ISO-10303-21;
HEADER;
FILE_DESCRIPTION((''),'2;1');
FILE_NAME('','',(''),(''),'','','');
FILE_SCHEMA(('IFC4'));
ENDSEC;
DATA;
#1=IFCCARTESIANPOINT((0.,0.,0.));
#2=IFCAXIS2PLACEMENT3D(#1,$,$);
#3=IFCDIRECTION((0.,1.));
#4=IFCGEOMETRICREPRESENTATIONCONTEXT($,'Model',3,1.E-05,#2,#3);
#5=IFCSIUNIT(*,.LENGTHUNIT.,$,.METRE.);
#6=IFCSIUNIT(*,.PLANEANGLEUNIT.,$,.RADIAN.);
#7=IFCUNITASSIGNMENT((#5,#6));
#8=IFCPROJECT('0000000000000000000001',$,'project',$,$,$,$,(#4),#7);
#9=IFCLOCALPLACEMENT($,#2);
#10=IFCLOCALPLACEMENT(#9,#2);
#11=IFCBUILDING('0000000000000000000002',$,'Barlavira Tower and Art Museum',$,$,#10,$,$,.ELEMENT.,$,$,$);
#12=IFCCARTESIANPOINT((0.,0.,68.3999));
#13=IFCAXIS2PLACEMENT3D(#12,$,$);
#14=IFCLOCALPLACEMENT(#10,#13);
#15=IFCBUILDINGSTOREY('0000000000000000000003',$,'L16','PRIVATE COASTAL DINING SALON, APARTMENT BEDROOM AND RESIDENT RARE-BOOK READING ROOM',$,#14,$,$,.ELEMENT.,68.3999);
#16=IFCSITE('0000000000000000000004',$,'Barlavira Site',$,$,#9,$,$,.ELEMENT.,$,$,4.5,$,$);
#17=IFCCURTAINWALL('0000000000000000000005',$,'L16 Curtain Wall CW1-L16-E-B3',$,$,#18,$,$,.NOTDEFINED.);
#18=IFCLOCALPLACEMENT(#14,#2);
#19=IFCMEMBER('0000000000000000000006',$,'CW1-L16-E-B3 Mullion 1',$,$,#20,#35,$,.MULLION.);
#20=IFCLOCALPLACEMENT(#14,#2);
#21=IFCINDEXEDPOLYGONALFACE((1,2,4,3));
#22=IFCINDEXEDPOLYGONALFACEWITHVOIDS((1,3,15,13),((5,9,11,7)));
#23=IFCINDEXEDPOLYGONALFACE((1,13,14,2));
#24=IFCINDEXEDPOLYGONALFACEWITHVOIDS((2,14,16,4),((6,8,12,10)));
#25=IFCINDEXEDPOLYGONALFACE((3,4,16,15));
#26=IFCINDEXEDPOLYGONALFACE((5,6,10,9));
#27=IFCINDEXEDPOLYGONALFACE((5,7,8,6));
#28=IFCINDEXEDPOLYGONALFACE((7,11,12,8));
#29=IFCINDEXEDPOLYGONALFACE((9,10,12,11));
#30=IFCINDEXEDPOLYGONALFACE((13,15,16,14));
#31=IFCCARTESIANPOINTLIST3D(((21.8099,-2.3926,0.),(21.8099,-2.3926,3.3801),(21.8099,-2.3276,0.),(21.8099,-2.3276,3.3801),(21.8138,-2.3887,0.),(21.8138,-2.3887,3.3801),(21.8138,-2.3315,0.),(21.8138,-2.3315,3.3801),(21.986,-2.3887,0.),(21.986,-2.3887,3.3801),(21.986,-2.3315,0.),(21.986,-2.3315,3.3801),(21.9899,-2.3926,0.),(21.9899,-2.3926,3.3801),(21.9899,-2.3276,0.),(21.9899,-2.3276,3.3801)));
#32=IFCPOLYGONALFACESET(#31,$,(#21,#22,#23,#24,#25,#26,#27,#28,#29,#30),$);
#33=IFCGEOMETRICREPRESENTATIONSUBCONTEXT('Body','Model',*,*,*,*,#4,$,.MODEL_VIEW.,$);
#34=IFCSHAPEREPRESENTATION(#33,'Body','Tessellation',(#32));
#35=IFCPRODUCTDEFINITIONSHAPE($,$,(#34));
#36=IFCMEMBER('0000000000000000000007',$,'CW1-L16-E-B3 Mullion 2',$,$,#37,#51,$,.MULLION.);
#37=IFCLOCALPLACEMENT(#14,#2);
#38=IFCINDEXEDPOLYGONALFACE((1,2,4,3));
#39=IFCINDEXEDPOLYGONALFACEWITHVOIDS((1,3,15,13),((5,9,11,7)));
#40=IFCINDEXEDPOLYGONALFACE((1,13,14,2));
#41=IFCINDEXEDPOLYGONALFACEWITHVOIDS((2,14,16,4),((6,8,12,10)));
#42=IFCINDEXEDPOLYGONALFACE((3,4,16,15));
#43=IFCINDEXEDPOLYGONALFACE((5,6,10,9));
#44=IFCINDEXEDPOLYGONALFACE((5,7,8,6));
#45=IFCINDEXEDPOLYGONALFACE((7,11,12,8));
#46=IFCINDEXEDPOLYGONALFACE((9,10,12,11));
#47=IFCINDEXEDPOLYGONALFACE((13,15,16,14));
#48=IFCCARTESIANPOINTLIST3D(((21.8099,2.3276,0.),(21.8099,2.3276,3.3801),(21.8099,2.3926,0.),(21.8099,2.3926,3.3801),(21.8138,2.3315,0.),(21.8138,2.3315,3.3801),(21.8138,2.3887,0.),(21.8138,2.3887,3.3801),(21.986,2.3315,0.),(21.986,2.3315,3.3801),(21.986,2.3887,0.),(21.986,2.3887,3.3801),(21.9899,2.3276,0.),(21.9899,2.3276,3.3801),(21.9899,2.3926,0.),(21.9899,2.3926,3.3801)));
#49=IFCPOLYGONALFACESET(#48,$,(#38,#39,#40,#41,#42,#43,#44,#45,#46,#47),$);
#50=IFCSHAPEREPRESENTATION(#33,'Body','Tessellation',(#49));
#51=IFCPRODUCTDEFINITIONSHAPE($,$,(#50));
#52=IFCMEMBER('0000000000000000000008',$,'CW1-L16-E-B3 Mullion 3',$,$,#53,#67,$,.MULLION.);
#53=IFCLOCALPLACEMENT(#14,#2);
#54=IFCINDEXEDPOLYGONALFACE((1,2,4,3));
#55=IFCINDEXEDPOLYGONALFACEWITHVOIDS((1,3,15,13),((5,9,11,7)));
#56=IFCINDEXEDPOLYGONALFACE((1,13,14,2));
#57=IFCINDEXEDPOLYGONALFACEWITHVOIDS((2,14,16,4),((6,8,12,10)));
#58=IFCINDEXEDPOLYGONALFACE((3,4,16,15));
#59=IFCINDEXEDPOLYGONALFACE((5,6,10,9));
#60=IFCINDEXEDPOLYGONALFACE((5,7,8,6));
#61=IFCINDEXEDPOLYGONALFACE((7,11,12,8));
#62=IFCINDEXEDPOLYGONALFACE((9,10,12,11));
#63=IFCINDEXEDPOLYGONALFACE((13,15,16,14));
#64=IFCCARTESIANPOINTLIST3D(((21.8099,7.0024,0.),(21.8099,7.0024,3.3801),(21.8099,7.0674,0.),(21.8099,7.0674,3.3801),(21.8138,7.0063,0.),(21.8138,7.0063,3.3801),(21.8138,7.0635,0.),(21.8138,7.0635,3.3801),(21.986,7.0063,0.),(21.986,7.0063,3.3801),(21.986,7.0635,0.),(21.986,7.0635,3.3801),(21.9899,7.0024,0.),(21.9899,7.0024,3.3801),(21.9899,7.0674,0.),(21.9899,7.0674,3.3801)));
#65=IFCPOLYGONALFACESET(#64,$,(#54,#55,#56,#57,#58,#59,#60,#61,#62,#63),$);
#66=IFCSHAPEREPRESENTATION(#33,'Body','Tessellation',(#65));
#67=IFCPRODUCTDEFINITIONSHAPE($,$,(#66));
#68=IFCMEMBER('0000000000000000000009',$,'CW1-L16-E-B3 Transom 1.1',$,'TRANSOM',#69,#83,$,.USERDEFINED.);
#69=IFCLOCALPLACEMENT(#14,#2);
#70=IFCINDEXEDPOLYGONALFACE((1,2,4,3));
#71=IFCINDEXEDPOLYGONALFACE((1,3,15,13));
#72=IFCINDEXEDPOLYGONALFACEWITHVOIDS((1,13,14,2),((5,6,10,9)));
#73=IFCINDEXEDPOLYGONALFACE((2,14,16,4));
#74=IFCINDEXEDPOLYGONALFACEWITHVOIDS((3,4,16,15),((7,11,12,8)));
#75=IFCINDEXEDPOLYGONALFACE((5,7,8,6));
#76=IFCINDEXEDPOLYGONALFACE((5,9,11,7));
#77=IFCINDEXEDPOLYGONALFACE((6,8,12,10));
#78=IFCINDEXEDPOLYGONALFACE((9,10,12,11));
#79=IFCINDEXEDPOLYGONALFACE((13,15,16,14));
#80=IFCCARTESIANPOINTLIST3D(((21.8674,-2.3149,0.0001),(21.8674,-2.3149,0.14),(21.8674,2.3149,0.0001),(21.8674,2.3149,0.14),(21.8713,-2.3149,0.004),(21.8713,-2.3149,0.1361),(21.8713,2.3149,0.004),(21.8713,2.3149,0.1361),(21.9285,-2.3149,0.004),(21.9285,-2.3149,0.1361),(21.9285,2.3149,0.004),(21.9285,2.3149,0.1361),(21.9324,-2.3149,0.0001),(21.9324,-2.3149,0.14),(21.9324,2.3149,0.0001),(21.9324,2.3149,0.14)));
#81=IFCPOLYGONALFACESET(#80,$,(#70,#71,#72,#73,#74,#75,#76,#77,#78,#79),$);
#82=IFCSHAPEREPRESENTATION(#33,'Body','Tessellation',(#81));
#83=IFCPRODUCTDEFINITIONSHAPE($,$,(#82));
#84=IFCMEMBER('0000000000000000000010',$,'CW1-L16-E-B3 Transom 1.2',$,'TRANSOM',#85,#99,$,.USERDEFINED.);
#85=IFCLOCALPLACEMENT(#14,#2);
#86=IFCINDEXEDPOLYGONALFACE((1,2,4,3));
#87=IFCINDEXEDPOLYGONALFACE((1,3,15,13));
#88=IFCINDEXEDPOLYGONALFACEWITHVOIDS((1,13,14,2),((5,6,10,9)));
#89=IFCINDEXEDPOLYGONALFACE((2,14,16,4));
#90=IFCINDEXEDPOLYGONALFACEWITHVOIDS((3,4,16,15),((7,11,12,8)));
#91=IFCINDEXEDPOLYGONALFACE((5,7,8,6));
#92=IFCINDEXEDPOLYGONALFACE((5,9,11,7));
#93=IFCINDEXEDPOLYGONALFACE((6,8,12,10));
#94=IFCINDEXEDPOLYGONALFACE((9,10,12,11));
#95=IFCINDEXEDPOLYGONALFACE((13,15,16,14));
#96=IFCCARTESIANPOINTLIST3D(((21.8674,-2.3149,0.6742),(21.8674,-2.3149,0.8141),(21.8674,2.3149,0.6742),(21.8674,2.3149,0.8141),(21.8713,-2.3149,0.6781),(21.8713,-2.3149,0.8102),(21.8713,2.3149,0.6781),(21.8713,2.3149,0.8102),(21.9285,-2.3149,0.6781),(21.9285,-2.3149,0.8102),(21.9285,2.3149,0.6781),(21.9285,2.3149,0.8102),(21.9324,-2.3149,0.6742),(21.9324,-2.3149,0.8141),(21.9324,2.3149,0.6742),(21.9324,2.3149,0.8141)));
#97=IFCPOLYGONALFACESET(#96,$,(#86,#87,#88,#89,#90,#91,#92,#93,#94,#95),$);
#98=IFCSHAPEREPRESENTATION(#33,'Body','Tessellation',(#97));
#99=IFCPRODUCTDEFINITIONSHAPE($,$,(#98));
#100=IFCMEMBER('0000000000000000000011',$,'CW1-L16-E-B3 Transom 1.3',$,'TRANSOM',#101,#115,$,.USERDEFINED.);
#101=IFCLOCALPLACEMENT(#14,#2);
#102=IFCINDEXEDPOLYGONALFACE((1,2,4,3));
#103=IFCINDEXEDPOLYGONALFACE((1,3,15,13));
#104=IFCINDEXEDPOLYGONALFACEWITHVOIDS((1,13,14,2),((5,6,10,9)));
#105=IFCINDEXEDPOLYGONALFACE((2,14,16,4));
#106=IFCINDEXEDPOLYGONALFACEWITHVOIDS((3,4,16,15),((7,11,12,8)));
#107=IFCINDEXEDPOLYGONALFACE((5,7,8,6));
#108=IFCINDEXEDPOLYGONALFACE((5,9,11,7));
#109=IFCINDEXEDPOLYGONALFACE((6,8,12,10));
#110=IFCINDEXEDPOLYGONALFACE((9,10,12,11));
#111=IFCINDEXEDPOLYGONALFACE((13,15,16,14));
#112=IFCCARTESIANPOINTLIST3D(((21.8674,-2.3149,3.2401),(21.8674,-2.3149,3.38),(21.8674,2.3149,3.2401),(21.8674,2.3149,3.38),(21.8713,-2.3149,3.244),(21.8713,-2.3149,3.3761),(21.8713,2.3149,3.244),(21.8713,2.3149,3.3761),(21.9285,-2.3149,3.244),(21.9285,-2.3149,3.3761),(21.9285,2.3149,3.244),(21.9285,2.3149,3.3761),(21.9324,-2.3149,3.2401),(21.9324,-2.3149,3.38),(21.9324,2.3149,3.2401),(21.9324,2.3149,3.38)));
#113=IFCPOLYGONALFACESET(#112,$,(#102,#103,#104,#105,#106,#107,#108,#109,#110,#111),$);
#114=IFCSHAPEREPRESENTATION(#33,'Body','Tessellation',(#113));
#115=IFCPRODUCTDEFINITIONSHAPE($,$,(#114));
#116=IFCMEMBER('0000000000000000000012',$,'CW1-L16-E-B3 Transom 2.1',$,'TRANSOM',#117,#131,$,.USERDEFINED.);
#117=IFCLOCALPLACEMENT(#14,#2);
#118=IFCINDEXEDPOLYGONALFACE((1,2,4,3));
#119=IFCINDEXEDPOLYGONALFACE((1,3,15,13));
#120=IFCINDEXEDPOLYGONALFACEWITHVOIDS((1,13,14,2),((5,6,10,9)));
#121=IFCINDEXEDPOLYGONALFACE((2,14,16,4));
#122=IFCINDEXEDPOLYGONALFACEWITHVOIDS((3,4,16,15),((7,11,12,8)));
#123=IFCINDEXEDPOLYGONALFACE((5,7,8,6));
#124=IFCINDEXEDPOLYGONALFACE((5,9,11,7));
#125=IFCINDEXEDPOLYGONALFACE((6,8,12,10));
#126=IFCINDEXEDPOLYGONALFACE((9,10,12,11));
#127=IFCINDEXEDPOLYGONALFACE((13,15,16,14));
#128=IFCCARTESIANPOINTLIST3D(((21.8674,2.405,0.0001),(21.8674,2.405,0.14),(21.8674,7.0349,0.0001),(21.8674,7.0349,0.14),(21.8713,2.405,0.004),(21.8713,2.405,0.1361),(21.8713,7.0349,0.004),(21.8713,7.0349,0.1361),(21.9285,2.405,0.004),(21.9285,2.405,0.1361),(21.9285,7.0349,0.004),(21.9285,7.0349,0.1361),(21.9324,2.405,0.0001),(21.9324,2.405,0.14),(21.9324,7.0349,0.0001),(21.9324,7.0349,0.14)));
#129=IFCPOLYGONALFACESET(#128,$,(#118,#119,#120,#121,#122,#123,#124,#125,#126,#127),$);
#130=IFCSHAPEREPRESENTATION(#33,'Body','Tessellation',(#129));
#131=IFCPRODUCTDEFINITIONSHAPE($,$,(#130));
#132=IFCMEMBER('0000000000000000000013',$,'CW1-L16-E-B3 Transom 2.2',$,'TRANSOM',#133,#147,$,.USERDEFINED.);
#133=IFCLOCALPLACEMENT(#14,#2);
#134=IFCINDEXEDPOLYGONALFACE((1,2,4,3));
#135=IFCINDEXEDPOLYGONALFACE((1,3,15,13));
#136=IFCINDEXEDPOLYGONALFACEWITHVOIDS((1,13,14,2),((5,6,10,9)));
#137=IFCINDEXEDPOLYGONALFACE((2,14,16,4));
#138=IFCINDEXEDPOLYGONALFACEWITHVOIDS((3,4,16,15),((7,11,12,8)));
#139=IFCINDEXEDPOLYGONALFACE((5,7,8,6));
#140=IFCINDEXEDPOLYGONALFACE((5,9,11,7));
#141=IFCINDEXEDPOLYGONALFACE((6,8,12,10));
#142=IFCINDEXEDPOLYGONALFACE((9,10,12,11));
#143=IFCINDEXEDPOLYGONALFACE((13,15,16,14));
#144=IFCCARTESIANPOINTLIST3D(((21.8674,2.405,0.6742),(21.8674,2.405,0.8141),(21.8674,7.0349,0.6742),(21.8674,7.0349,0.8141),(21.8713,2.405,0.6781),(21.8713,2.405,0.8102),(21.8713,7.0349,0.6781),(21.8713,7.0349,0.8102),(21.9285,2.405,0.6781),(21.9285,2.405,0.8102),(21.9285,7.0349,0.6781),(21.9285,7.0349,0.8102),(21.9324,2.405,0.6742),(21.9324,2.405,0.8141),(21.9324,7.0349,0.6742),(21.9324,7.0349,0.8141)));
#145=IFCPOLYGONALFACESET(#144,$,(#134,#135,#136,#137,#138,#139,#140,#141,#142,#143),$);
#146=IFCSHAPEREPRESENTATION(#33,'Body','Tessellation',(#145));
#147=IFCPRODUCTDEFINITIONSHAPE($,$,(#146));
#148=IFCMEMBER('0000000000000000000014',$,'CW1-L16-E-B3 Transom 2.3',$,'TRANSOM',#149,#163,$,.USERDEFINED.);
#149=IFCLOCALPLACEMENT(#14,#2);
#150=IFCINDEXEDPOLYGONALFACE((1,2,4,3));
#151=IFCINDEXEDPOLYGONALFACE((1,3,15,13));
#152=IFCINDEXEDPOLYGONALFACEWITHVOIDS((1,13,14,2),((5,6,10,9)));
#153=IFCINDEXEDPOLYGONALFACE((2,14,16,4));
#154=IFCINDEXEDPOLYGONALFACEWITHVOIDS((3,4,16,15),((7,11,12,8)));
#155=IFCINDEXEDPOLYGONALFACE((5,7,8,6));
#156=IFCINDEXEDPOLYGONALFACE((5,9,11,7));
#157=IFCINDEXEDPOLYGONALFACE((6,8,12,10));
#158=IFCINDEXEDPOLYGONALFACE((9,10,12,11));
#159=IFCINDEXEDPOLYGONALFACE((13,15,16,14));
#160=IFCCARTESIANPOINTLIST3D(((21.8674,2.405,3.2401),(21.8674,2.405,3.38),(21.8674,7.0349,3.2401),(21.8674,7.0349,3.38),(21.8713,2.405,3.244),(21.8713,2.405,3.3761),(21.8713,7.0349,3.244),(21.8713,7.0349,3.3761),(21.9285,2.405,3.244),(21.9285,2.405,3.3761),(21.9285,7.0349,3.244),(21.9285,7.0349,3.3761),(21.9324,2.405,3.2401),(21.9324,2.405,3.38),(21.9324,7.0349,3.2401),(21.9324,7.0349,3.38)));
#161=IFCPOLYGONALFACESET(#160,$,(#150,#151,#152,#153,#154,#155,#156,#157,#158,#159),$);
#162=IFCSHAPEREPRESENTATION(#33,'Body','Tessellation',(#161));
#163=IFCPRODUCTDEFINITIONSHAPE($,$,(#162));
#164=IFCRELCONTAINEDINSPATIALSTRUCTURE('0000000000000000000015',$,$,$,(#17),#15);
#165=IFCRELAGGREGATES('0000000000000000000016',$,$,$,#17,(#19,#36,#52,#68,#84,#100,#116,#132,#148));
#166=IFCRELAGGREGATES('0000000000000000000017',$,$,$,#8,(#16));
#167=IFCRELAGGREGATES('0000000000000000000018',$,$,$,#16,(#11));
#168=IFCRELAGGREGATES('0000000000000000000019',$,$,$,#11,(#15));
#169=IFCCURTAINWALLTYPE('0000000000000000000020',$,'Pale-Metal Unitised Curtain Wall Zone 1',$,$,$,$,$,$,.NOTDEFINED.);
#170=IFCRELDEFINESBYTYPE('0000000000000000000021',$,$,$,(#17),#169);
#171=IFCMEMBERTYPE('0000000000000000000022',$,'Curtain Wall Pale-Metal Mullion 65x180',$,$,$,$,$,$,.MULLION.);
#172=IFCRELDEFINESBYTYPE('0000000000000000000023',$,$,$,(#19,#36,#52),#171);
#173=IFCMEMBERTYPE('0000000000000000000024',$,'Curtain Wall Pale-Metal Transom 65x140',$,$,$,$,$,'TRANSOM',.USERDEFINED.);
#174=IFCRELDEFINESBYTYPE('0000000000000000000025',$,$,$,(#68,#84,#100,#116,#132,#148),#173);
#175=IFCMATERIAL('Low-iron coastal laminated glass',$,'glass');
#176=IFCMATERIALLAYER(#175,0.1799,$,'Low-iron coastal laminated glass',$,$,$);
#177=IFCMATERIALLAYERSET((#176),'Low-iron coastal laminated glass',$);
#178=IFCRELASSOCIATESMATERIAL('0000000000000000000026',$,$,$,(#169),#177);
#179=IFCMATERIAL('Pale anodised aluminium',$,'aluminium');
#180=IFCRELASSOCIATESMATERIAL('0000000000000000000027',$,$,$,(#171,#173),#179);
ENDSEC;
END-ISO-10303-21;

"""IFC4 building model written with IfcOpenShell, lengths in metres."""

from ifc_helpers import new_model, si_unit, direction, frame, origin, origin_2d, place, context, subcontext, project, spatial, hollow_rectangle, extrude, material, layer, layer_set, material_profile, profile_set, type_object, element, aggregate, save


model = new_model("IFC4")

# Units and contexts
model_context = context("Model", 3, precision=1e-05, world=origin(), true_north=direction((0.0, 1.0)))
body_context = subcontext(model_context, "Body", "Model", "MODEL_VIEW")
ifc_project = project(units=[si_unit("LENGTHUNIT", "METRE"), si_unit("PLANEANGLEUNIT", "RADIAN")], contexts=[model_context])

# Site, building, storey
site_placement = place(None, origin())
site = spatial("IfcSite", under=ifc_project, at=site_placement, Name="Barlavira Site", CompositionType="ELEMENT", RefElevation=4.5)
building_placement = place(site_placement, origin())
building = spatial("IfcBuilding", under=site, at=building_placement, Name="Barlavira Tower and Art Museum", CompositionType="ELEMENT")
storey_placement = place(building_placement, frame((0.0, 0.0, 68.3999)))
storey = spatial("IfcBuildingStorey", under=building, at=storey_placement, Name="L16", Description="PRIVATE COASTAL DINING SALON, APARTMENT BEDROOM AND RESIDENT RARE-BOOK READING ROOM", CompositionType="ELEMENT", Elevation=68.3999)

# Curtain wall, members
ifc_material_1 = material(Name="Low-iron coastal laminated glass", Category="glass")
ifc_layer_1 = layer(ifc_material_1, 0.1799, Name="Low-iron coastal laminated glass")
ifc_layer_set_1 = layer_set([ifc_layer_1], Name="Low-iron coastal laminated glass")
curtain_wall_type = type_object("IfcCurtainWallType", Name="Pale-Metal Unitised Curtain Wall Zone 1", PredefinedType="NOTDEFINED", material=ifc_layer_set_1)
curtain_wall_placement = place(storey_placement, origin())
curtain_wall = element("IfcCurtainWall", 1, at=curtain_wall_placement, inside=storey, type_object=curtain_wall_type, Name="L16 Curtain Wall CW1-L16-E-B3", PredefinedType="NOTDEFINED")
ifc_material_2 = material(Name="Pale anodised aluminium", Category="aluminium")
ifc_material_profile_1 = material_profile(ifc_material_2, hollow_rectangle(XDim=0.0649, YDim=0.1799, WallThickness=0.0039, at=origin_2d()), Name="ALU-MULL 65x180x4")
ifc_profile_set_1 = profile_set([ifc_material_profile_1], Name="Pale anodised aluminium")
member_type_1 = type_object("IfcMemberType", Name="Curtain Wall Pale-Metal Mullion 65x180", PredefinedType="MULLION", material=ifc_profile_set_1)
member_1_placement = place(storey_placement, frame((21.8999, -2.3601, 0.0), z_axis=(0.0, 0.0, 1.0), x_axis=(0.0, 1.0, 0.0)))
member_1 = element("IfcMember", 2, at=member_1_placement, type_object=member_type_1, Name="CW1-L16-E-B3 Mullion 1", PredefinedType="MULLION", context=body_context, shape_type="SweptSolid", body=[
    extrude(hollow_rectangle(XDim=0.0649, YDim=0.1799, WallThickness=0.0039, at=origin_2d()), origin(), (0.0, 0.0, 1.0), 3.3801),
])
member_2_placement = place(storey_placement, frame((21.8999, 2.3601, 0.0), z_axis=(0.0, 0.0, 1.0), x_axis=(0.0, 1.0, 0.0)))
member_2 = element("IfcMember", 3, at=member_2_placement, type_object=member_type_1, Name="CW1-L16-E-B3 Mullion 2", PredefinedType="MULLION", context=body_context, shape_type="SweptSolid", body=[
    extrude(hollow_rectangle(XDim=0.0649, YDim=0.1799, WallThickness=0.0039, at=origin_2d()), origin(), (0.0, 0.0, 1.0), 3.3801),
])
member_3_placement = place(storey_placement, frame((21.8999, 7.0349, 0.0), z_axis=(0.0, 0.0, 1.0), x_axis=(0.0, 1.0, 0.0)))
member_3 = element("IfcMember", 4, at=member_3_placement, type_object=member_type_1, Name="CW1-L16-E-B3 Mullion 3", PredefinedType="MULLION", context=body_context, shape_type="SweptSolid", body=[
    extrude(hollow_rectangle(XDim=0.0649, YDim=0.1799, WallThickness=0.0039, at=origin_2d()), origin(), (0.0, 0.0, 1.0), 3.3801),
])
ifc_material_profile_2 = material_profile(ifc_material_2, hollow_rectangle(XDim=0.0649, YDim=0.1399, WallThickness=0.0039, at=origin_2d()), Name="ALU-TRAN 65x140x4")
ifc_profile_set_2 = profile_set([ifc_material_profile_2], Name="Pale anodised aluminium")
member_type_2 = type_object("IfcMemberType", Name="Curtain Wall Pale-Metal Transom 65x140", ElementType="TRANSOM", PredefinedType="USERDEFINED", material=ifc_profile_set_2)
member_4_placement = place(storey_placement, frame((21.8999, -2.3149, 0.0701), z_axis=(0.0, 1.0, 0.0), x_axis=(-1.0, 0.0, 0.0)))
member_4 = element("IfcMember", 5, at=member_4_placement, type_object=member_type_2, Name="CW1-L16-E-B3 Transom 1.1", ObjectType="TRANSOM", PredefinedType="USERDEFINED", context=body_context, shape_type="SweptSolid", body=[
    extrude(hollow_rectangle(XDim=0.0649, YDim=0.1399, WallThickness=0.0039, at=origin_2d()), origin(), (0.0, 0.0, 1.0), 4.6299),
])
member_5_placement = place(storey_placement, frame((21.8999, -2.3149, 0.7441), z_axis=(0.0, 1.0, 0.0), x_axis=(-1.0, 0.0, 0.0)))
member_5 = element("IfcMember", 6, at=member_5_placement, type_object=member_type_2, Name="CW1-L16-E-B3 Transom 1.2", ObjectType="TRANSOM", PredefinedType="USERDEFINED", context=body_context, shape_type="SweptSolid", body=[
    extrude(hollow_rectangle(XDim=0.0649, YDim=0.1399, WallThickness=0.0039, at=origin_2d()), origin(), (0.0, 0.0, 1.0), 4.6299),
])
member_6_placement = place(storey_placement, frame((21.8999, -2.3149, 3.3101), z_axis=(0.0, 1.0, 0.0), x_axis=(-1.0, 0.0, 0.0)))
member_6 = element("IfcMember", 7, at=member_6_placement, type_object=member_type_2, Name="CW1-L16-E-B3 Transom 1.3", ObjectType="TRANSOM", PredefinedType="USERDEFINED", context=body_context, shape_type="SweptSolid", body=[
    extrude(hollow_rectangle(XDim=0.0649, YDim=0.1399, WallThickness=0.0039, at=origin_2d()), origin(), (0.0, 0.0, 1.0), 4.6299),
])
member_7_placement = place(storey_placement, frame((21.8999, 2.405, 0.0701), z_axis=(0.0, 1.0, 0.0), x_axis=(-1.0, 0.0, 0.0)))
member_7 = element("IfcMember", 8, at=member_7_placement, type_object=member_type_2, Name="CW1-L16-E-B3 Transom 2.1", ObjectType="TRANSOM", PredefinedType="USERDEFINED", context=body_context, shape_type="SweptSolid", body=[
    extrude(hollow_rectangle(XDim=0.0649, YDim=0.1399, WallThickness=0.0039, at=origin_2d()), origin(), (0.0, 0.0, 1.0), 4.6299),
])
member_8_placement = place(storey_placement, frame((21.8999, 2.405, 0.7441), z_axis=(0.0, 1.0, 0.0), x_axis=(-1.0, 0.0, 0.0)))
member_8 = element("IfcMember", 9, at=member_8_placement, type_object=member_type_2, Name="CW1-L16-E-B3 Transom 2.2", ObjectType="TRANSOM", PredefinedType="USERDEFINED", context=body_context, shape_type="SweptSolid", body=[
    extrude(hollow_rectangle(XDim=0.0649, YDim=0.1399, WallThickness=0.0039, at=origin_2d()), origin(), (0.0, 0.0, 1.0), 4.6299),
])
member_9_placement = place(storey_placement, frame((21.8999, 2.405, 3.3101), z_axis=(0.0, 1.0, 0.0), x_axis=(-1.0, 0.0, 0.0)))
member_9 = element("IfcMember", 10, at=member_9_placement, type_object=member_type_2, Name="CW1-L16-E-B3 Transom 2.3", ObjectType="TRANSOM", PredefinedType="USERDEFINED", context=body_context, shape_type="SweptSolid", body=[
    extrude(hollow_rectangle(XDim=0.0649, YDim=0.1399, WallThickness=0.0039, at=origin_2d()), origin(), (0.0, 0.0, 1.0), 4.6299),
])

aggregate(curtain_wall, [member_1, member_2, member_3, member_4, member_5, member_6, member_7, member_8, member_9])

save(model, "model.ifc")
